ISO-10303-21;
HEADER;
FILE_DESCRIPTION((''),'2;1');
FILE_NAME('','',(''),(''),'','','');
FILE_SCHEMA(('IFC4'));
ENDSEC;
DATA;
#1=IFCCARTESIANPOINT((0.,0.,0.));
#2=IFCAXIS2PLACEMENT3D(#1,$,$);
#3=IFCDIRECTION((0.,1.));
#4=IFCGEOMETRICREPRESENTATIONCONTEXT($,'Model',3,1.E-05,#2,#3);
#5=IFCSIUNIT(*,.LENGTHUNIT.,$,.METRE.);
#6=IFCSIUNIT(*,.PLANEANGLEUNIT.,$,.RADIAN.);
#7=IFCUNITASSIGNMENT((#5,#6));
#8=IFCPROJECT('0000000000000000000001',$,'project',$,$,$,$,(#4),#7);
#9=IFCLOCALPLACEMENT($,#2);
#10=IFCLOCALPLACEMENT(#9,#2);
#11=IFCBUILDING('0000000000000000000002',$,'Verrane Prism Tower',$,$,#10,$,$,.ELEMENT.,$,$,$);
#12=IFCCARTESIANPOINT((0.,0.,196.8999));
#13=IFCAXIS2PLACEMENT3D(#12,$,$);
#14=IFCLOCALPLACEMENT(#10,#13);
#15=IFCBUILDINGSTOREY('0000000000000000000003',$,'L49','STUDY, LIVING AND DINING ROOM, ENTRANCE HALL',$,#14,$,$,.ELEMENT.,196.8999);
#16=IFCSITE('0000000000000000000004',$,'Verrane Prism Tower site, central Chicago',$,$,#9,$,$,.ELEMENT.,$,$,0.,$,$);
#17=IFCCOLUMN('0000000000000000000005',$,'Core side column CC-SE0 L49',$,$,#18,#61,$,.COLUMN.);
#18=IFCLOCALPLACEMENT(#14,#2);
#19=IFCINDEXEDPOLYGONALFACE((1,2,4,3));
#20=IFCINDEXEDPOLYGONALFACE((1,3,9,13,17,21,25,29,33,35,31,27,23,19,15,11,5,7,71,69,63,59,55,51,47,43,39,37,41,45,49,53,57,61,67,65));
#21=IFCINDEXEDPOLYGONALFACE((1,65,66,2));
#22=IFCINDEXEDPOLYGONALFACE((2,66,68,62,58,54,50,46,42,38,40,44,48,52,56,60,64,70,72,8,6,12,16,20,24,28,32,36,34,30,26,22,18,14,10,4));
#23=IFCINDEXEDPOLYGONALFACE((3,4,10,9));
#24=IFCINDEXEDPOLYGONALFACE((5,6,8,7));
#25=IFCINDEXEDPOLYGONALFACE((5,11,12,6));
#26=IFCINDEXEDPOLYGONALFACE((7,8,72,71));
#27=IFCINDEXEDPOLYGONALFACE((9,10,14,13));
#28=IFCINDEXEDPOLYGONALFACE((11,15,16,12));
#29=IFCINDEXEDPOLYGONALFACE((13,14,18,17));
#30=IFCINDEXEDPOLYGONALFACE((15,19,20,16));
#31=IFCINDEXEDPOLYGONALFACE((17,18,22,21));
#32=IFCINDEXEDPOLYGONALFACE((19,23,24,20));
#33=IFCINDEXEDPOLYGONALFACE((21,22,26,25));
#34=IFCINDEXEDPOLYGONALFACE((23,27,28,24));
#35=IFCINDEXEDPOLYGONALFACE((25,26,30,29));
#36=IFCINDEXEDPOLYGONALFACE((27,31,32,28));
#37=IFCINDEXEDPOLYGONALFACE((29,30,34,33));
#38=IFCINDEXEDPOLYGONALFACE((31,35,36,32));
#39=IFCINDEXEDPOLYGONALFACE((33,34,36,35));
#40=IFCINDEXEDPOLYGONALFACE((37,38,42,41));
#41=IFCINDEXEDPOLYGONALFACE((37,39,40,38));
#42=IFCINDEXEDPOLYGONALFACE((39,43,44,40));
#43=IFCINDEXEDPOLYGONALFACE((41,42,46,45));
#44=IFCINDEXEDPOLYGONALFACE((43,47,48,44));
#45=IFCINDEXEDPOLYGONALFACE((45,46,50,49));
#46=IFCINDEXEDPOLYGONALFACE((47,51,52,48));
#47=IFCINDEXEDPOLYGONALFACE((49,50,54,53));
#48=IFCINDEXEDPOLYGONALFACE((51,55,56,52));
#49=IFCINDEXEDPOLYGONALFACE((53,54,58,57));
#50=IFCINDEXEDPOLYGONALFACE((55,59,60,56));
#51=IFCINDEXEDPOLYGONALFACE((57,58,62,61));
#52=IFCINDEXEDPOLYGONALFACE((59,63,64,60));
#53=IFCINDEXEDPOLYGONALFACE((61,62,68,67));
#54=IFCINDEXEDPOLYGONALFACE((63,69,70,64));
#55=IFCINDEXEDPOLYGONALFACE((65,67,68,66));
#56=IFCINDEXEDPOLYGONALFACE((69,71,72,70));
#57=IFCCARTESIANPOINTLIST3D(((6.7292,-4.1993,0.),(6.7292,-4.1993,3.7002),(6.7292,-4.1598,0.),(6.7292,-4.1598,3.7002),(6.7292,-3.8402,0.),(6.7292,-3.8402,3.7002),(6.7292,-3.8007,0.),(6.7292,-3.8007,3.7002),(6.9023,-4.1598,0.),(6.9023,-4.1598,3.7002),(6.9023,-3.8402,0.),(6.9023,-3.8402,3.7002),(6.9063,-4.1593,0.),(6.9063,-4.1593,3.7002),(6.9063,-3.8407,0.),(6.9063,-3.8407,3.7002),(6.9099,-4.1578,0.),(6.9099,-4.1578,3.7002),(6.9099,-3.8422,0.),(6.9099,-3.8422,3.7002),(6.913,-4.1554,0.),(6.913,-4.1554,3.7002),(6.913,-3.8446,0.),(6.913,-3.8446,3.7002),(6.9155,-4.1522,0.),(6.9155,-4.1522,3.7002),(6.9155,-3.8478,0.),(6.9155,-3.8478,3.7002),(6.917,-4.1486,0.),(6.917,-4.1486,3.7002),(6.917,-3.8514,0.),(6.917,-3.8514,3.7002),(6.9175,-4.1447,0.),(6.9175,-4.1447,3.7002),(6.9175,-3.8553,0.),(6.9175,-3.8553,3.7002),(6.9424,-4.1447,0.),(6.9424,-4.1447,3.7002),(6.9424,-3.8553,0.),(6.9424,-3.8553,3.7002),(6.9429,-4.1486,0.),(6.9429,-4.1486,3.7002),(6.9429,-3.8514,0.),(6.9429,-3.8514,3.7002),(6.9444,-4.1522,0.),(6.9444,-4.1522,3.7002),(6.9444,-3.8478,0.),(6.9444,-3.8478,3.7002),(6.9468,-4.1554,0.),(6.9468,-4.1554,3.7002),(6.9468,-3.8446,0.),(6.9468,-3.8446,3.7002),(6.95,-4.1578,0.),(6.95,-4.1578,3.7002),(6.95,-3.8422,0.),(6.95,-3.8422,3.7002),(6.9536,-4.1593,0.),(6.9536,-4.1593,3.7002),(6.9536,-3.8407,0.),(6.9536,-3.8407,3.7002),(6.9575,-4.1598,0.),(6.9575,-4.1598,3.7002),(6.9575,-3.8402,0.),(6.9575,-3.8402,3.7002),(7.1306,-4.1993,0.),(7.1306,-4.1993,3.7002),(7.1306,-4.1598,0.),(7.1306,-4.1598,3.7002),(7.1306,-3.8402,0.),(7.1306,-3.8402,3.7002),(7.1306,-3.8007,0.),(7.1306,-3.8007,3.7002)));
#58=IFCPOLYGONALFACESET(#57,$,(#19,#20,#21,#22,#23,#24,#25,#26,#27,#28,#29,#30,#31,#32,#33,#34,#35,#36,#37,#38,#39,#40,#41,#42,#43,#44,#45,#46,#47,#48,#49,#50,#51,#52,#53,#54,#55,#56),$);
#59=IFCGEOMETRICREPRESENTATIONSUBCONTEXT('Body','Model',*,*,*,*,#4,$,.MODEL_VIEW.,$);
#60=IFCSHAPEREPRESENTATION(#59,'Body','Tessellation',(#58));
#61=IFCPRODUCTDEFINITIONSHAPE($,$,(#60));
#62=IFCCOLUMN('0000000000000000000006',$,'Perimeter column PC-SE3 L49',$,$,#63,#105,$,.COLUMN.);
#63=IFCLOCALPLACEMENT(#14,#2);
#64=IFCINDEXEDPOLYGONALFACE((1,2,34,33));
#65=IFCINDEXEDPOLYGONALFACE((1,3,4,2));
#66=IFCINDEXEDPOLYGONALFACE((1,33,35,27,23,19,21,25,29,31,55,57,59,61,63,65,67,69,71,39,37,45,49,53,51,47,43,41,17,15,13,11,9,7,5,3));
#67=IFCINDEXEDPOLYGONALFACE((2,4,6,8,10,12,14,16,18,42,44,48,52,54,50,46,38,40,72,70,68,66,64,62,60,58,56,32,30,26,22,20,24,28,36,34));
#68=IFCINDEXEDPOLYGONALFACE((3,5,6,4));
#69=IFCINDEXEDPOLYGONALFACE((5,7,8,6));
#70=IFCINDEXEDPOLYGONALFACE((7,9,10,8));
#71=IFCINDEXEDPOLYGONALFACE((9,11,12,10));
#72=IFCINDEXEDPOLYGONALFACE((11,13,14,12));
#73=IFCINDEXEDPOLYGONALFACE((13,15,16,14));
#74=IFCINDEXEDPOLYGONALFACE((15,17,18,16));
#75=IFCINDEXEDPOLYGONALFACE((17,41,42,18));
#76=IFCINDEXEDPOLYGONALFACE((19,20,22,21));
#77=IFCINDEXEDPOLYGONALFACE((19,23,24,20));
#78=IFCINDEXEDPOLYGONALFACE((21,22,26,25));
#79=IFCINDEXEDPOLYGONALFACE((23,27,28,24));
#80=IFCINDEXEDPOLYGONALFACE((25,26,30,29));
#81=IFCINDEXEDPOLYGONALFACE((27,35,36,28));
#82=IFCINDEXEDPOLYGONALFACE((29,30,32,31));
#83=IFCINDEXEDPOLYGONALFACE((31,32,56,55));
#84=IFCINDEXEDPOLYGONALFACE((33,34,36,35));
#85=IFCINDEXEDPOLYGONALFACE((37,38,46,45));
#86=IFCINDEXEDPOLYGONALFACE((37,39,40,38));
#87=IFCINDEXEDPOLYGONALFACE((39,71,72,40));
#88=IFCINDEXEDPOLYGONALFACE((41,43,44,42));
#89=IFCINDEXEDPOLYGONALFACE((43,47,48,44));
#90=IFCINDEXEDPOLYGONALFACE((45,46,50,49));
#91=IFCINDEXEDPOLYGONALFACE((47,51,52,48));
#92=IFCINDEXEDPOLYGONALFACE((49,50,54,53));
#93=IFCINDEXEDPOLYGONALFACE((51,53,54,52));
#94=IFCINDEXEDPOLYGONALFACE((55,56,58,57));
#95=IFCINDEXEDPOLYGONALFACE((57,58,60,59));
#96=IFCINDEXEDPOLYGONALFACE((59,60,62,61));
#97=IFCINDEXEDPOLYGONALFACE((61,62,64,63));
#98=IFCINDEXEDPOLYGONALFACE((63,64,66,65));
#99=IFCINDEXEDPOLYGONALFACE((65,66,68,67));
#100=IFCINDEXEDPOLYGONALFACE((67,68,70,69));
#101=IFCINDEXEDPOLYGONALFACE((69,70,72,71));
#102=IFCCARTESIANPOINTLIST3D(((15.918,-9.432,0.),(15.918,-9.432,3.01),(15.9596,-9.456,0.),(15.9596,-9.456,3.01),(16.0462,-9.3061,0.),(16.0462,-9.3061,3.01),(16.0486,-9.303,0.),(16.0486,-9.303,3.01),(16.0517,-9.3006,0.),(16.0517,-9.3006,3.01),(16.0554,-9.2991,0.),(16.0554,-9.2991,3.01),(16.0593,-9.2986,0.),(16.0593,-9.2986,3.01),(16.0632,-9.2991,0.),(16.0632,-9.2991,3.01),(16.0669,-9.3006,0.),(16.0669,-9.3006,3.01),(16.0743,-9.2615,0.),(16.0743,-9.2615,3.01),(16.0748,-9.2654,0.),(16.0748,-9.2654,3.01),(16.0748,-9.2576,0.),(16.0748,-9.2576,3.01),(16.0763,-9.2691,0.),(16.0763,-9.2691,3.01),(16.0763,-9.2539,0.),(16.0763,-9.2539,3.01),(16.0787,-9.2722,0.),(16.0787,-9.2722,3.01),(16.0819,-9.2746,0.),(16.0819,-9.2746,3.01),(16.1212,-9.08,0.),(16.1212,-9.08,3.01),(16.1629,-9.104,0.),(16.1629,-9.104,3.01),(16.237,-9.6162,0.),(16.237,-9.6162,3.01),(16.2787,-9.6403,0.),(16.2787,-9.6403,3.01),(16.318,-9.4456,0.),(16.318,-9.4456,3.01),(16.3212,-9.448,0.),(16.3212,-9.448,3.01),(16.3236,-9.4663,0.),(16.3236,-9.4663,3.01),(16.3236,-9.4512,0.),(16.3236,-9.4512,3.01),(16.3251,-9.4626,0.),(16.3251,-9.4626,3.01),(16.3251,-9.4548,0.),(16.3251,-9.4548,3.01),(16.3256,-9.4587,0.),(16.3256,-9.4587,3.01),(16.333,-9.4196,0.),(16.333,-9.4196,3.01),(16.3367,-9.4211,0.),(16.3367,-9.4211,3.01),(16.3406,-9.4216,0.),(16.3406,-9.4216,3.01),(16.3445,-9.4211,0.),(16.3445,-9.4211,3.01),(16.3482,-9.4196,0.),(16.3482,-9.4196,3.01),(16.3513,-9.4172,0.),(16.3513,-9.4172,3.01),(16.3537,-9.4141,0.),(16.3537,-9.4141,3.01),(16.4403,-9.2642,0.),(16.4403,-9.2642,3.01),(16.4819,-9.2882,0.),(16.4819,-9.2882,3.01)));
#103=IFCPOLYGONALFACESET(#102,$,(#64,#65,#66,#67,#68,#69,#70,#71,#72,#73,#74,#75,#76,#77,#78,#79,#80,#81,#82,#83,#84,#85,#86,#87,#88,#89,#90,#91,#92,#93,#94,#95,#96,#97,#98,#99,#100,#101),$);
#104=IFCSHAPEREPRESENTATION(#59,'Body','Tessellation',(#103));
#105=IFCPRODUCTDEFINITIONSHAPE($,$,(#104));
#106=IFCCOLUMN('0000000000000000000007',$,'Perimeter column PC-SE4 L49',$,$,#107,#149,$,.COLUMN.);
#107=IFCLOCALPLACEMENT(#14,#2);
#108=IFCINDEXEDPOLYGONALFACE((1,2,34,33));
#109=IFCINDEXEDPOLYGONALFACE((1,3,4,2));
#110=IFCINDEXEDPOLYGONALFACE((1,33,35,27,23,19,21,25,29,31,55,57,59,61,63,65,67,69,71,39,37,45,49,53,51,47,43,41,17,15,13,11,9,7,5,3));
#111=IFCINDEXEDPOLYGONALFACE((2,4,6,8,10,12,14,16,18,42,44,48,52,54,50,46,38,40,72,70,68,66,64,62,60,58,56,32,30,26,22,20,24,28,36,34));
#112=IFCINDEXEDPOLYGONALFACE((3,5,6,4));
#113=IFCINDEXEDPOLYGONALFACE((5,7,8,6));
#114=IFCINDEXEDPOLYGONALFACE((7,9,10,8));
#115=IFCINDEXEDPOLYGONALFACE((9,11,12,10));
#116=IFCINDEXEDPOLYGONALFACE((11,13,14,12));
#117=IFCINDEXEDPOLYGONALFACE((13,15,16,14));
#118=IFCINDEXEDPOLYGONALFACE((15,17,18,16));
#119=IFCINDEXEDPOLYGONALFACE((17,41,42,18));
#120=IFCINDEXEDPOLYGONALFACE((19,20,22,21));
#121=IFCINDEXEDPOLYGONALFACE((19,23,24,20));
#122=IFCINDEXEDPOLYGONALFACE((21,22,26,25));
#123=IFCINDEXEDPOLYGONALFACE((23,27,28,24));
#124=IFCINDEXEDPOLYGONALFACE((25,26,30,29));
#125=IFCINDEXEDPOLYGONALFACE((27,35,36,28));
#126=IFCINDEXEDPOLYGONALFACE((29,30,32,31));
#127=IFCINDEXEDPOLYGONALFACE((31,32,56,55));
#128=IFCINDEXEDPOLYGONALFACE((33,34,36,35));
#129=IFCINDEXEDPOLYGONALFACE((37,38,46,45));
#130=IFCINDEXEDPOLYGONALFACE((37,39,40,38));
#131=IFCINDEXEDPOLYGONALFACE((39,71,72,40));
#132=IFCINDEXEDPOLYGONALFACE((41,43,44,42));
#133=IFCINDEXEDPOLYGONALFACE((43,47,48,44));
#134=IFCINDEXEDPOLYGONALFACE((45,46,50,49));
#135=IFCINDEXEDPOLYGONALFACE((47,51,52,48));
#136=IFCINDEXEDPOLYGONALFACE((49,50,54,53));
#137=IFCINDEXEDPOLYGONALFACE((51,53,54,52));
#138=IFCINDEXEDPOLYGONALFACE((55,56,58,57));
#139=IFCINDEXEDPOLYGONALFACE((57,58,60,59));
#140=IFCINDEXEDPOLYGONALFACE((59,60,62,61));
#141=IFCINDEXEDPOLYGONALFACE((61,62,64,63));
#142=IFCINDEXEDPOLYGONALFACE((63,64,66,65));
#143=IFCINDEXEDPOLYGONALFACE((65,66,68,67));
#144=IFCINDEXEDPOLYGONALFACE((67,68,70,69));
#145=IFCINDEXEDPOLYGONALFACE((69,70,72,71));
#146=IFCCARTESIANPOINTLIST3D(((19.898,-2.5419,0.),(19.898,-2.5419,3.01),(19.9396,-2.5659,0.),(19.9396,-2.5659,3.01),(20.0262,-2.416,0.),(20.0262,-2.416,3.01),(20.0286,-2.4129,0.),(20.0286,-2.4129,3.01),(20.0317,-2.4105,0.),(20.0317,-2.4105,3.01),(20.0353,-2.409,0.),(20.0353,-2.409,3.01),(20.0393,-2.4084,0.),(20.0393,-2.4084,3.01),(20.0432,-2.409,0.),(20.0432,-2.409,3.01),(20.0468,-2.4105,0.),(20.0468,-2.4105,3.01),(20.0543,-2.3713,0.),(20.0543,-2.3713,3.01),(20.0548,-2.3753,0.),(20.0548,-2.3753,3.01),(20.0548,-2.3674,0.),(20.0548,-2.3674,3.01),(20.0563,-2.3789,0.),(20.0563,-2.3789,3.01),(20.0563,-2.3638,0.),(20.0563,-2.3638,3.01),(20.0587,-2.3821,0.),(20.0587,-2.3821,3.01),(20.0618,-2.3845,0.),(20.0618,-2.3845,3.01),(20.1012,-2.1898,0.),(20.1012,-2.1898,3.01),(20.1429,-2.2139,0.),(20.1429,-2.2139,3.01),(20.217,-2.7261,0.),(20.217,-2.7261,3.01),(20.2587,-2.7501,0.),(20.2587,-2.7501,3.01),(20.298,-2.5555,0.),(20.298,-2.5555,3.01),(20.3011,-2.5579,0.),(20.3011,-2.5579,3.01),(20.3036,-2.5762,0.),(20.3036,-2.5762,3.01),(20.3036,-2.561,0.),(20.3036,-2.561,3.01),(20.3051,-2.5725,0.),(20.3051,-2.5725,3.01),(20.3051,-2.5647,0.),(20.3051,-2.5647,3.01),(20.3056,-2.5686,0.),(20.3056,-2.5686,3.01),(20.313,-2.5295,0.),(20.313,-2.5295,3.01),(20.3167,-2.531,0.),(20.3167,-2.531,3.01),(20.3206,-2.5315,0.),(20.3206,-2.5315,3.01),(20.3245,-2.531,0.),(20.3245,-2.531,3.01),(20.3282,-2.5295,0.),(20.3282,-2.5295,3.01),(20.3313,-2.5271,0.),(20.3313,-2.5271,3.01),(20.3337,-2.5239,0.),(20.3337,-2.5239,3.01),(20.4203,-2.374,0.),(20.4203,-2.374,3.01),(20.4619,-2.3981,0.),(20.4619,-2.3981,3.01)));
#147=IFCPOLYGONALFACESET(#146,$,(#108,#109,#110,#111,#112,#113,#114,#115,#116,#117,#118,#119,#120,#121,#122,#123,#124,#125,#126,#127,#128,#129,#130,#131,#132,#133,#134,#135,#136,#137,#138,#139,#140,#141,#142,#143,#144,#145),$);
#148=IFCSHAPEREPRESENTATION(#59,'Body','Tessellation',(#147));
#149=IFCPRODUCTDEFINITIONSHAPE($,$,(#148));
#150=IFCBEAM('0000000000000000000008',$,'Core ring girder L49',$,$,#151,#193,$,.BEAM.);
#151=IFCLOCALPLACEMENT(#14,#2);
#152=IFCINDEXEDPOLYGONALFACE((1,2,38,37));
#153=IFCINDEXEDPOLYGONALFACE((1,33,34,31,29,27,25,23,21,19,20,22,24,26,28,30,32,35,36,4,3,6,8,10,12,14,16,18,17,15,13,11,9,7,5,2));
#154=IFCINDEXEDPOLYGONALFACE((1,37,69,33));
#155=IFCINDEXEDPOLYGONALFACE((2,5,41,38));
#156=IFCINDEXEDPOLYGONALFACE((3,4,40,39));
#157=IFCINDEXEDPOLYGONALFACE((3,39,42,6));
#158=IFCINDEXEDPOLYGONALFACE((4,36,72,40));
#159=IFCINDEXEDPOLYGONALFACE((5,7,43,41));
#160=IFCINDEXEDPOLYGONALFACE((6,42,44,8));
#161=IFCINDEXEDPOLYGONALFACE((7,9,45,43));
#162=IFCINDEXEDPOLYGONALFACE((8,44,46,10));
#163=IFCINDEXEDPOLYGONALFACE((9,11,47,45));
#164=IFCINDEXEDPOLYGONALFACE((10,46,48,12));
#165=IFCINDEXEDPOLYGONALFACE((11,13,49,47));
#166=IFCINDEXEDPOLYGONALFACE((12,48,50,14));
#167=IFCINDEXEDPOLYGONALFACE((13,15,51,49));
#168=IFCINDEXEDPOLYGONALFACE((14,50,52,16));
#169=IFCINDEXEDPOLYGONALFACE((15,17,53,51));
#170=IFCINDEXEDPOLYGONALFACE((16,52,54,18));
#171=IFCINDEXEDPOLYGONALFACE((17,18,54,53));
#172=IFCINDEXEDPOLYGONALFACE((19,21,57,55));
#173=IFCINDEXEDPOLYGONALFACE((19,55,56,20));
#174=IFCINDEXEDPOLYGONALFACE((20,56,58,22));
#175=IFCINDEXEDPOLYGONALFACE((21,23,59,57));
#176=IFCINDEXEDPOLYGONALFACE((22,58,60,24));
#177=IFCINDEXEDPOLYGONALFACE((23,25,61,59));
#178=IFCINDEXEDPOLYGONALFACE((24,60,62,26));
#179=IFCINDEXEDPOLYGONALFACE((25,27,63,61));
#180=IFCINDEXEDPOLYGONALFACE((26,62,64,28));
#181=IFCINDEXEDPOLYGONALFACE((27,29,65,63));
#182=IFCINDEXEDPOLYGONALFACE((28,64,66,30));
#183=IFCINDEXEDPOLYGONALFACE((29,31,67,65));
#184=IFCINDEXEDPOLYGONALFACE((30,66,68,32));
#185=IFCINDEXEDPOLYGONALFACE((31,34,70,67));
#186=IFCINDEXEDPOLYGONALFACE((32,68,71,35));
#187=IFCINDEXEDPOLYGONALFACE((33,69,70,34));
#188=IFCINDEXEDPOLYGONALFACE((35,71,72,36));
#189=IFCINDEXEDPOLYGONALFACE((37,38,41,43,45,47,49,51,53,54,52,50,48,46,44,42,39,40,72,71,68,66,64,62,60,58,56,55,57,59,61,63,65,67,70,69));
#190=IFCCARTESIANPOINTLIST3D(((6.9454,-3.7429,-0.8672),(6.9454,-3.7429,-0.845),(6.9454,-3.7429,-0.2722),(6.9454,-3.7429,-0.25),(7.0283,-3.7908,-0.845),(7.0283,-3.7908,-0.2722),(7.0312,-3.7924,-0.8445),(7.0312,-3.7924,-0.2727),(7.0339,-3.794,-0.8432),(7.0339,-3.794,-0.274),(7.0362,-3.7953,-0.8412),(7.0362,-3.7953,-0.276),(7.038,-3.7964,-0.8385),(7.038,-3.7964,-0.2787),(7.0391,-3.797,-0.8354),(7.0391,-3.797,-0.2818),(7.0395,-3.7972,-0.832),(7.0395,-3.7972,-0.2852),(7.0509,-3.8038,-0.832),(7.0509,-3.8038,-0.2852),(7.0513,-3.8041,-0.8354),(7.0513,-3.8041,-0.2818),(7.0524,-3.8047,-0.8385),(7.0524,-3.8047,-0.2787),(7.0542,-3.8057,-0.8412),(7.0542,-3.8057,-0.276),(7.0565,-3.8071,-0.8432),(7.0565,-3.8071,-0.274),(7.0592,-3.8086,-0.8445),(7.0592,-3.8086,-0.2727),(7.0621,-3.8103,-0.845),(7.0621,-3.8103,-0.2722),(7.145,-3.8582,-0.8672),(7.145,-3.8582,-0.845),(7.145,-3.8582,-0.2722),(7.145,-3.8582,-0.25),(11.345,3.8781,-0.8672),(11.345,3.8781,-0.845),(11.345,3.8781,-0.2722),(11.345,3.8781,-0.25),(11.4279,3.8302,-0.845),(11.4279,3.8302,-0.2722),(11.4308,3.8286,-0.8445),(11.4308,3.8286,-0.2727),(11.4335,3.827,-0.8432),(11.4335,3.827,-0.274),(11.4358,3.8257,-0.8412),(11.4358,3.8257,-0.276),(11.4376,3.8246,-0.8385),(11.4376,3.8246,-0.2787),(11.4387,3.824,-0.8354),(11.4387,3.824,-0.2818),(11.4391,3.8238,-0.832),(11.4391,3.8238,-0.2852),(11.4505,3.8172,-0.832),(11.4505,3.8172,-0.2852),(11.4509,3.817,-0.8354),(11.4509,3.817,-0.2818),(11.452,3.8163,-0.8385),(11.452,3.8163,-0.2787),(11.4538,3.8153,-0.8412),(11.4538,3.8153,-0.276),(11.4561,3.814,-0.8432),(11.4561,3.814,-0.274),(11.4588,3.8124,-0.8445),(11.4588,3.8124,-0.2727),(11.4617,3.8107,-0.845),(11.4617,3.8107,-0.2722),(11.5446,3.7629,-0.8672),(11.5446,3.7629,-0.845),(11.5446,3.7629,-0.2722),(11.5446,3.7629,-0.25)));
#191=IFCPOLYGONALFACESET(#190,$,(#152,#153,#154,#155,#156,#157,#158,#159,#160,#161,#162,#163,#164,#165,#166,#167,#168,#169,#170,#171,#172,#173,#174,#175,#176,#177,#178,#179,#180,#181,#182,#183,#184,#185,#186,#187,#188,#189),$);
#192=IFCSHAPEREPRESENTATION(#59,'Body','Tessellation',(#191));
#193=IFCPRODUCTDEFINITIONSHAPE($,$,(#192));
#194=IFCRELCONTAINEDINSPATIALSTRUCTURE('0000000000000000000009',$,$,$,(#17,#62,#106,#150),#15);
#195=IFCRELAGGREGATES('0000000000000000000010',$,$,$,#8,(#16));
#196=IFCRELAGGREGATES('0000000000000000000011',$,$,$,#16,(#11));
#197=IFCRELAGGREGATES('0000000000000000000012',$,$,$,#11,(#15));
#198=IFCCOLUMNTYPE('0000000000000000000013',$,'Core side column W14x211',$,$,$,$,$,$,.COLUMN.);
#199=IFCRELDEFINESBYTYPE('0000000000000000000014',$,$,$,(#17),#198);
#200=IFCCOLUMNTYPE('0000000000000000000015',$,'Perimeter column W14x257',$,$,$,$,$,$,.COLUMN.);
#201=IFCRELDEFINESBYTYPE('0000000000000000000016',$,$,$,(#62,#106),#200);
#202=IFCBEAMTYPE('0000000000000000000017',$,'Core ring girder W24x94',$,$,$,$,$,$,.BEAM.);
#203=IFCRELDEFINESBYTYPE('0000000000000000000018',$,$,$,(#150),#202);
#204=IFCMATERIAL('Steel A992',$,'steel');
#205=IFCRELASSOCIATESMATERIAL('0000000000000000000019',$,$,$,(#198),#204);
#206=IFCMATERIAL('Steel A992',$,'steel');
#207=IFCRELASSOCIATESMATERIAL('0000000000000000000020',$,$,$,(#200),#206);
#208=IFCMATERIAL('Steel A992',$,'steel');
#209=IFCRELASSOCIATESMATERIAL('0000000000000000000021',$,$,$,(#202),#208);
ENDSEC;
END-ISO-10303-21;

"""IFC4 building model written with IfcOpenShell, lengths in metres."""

from ifc_helpers import new_model, si_unit, direction, frame, origin, origin_2d, place, context, subcontext, project, spatial, i_section, extrude, material, material_profile, profile_set, type_object, element, save


model = new_model("IFC4")

# Units and contexts
model_context = context("Model", 3, precision=1e-05, world=origin(), true_north=direction((0.0, 1.0)))
body_context = subcontext(model_context, "Body", "Model", "MODEL_VIEW")
ifc_project = project(units=[si_unit("LENGTHUNIT", "METRE"), si_unit("PLANEANGLEUNIT", "RADIAN")], contexts=[model_context])

# Site, building, storey
site_placement = place(None, origin())
site = spatial("IfcSite", under=ifc_project, at=site_placement, Name="Verrane Prism Tower site, central Chicago", CompositionType="ELEMENT", RefElevation=0.0)
building_placement = place(site_placement, origin())
building = spatial("IfcBuilding", under=site, at=building_placement, Name="Verrane Prism Tower", CompositionType="ELEMENT")
storey_placement = place(building_placement, frame((0.0, 0.0, 196.8999)))
storey = spatial("IfcBuildingStorey", under=building, at=storey_placement, Name="L49", Description="STUDY, LIVING AND DINING ROOM, ENTRANCE HALL", CompositionType="ELEMENT", Elevation=196.8999)

# Columns
ifc_material_1 = material(Name="Steel A992", Category="steel")
ifc_material_profile_1 = material_profile(ifc_material_1, i_section(OverallWidth=0.4014, OverallDepth=0.3987, WebThickness=0.0249, FlangeThickness=0.0396, FilletRadius=0.0151, at=origin_2d()), Name="W14x211")
ifc_profile_set_1 = profile_set([ifc_material_profile_1], Name="Steel A992")
column_type_1 = type_object("IfcColumnType", Name="Core side column W14x211", PredefinedType="COLUMN", material=ifc_profile_set_1)
column_placement = place(storey_placement, frame((6.9299, -4.0, 0.0), z_axis=(0.0, 0.0, 1.0), x_axis=(1.0, 0.0, 0.0)))
element("IfcColumn", 1, at=column_placement, inside=storey, type_object=column_type_1, Name="Core side column CC-SE0 L49", PredefinedType="COLUMN", context=body_context, shape_type="SweptSolid", body=[
    extrude(i_section(OverallWidth=0.4014, OverallDepth=0.3987, WebThickness=0.0249, FlangeThickness=0.0396, FilletRadius=0.0151, at=origin_2d()), origin(), (0.0, 0.0, 1.0), 3.7002),
])
ifc_material_2 = material(Name="Steel A992", Category="steel")
ifc_material_profile_2 = material_profile(ifc_material_2, i_section(OverallWidth=0.4065, OverallDepth=0.4165, WebThickness=0.03, FlangeThickness=0.0481, FilletRadius=0.0151, at=origin_2d()), Name="W14x257")
ifc_profile_set_2 = profile_set([ifc_material_profile_2], Name="Steel A992")
column_type_2 = type_object("IfcColumnType", Name="Perimeter column W14x257", PredefinedType="COLUMN", material=ifc_profile_set_2)
for number, where, z_axis, x_axis, name in (
    (2, (16.2, -9.3601, 0.0), (0.0, 0.0, 1.0), (-0.5, -0.866025, 0.0), "Perimeter column PC-SE3 L49"),
    (3, (20.1799, -2.47, 0.0), (0.0, 0.0, 1.0), (-0.5, -0.866025, 0.0), "Perimeter column PC-SE4 L49"),
):
    element("IfcColumn", number, at=place(storey_placement, frame(where, z_axis=z_axis, x_axis=x_axis)), inside=storey, type_object=column_type_2, Name=name, PredefinedType="COLUMN", context=body_context, shape_type="SweptSolid", body=[
        extrude(i_section(OverallWidth=0.4065, OverallDepth=0.4165, WebThickness=0.03, FlangeThickness=0.0481, FilletRadius=0.0151, at=origin_2d()), origin(), (0.0, 0.0, 1.0), 3.01),
    ])

# Beam
ifc_material_3 = material(Name="Steel A992", Category="steel")
ifc_material_profile_3 = material_profile(ifc_material_3, i_section(OverallWidth=0.2305, OverallDepth=0.6172, WebThickness=0.0132, FlangeThickness=0.0222, FilletRadius=0.0129, at=origin_2d()), Name="W24x94")
ifc_profile_set_3 = profile_set([ifc_material_profile_3], Name="Steel A992")
beam_type_1 = type_object("IfcBeamType", Name="Core ring girder W24x94", PredefinedType="BEAM", material=ifc_profile_set_3)
beam_1_placement = place(storey_placement, frame((7.0452, -3.8005, -0.5586), z_axis=(0.499967, 0.866044, 0.0), x_axis=(-0.866044, 0.499967, 0.0)))
element("IfcBeam", 4, at=beam_1_placement, inside=storey, type_object=beam_type_1, Name="Core ring girder L49", PredefinedType="BEAM", context=body_context, shape_type="SweptSolid", body=[
    extrude(i_section(OverallWidth=0.2305, OverallDepth=0.6172, WebThickness=0.0132, FlangeThickness=0.0222, FilletRadius=0.0129, at=origin_2d()), origin(), (0.0, 0.0, 1.0), 8.7998),
])

save(model, "model.ifc")
